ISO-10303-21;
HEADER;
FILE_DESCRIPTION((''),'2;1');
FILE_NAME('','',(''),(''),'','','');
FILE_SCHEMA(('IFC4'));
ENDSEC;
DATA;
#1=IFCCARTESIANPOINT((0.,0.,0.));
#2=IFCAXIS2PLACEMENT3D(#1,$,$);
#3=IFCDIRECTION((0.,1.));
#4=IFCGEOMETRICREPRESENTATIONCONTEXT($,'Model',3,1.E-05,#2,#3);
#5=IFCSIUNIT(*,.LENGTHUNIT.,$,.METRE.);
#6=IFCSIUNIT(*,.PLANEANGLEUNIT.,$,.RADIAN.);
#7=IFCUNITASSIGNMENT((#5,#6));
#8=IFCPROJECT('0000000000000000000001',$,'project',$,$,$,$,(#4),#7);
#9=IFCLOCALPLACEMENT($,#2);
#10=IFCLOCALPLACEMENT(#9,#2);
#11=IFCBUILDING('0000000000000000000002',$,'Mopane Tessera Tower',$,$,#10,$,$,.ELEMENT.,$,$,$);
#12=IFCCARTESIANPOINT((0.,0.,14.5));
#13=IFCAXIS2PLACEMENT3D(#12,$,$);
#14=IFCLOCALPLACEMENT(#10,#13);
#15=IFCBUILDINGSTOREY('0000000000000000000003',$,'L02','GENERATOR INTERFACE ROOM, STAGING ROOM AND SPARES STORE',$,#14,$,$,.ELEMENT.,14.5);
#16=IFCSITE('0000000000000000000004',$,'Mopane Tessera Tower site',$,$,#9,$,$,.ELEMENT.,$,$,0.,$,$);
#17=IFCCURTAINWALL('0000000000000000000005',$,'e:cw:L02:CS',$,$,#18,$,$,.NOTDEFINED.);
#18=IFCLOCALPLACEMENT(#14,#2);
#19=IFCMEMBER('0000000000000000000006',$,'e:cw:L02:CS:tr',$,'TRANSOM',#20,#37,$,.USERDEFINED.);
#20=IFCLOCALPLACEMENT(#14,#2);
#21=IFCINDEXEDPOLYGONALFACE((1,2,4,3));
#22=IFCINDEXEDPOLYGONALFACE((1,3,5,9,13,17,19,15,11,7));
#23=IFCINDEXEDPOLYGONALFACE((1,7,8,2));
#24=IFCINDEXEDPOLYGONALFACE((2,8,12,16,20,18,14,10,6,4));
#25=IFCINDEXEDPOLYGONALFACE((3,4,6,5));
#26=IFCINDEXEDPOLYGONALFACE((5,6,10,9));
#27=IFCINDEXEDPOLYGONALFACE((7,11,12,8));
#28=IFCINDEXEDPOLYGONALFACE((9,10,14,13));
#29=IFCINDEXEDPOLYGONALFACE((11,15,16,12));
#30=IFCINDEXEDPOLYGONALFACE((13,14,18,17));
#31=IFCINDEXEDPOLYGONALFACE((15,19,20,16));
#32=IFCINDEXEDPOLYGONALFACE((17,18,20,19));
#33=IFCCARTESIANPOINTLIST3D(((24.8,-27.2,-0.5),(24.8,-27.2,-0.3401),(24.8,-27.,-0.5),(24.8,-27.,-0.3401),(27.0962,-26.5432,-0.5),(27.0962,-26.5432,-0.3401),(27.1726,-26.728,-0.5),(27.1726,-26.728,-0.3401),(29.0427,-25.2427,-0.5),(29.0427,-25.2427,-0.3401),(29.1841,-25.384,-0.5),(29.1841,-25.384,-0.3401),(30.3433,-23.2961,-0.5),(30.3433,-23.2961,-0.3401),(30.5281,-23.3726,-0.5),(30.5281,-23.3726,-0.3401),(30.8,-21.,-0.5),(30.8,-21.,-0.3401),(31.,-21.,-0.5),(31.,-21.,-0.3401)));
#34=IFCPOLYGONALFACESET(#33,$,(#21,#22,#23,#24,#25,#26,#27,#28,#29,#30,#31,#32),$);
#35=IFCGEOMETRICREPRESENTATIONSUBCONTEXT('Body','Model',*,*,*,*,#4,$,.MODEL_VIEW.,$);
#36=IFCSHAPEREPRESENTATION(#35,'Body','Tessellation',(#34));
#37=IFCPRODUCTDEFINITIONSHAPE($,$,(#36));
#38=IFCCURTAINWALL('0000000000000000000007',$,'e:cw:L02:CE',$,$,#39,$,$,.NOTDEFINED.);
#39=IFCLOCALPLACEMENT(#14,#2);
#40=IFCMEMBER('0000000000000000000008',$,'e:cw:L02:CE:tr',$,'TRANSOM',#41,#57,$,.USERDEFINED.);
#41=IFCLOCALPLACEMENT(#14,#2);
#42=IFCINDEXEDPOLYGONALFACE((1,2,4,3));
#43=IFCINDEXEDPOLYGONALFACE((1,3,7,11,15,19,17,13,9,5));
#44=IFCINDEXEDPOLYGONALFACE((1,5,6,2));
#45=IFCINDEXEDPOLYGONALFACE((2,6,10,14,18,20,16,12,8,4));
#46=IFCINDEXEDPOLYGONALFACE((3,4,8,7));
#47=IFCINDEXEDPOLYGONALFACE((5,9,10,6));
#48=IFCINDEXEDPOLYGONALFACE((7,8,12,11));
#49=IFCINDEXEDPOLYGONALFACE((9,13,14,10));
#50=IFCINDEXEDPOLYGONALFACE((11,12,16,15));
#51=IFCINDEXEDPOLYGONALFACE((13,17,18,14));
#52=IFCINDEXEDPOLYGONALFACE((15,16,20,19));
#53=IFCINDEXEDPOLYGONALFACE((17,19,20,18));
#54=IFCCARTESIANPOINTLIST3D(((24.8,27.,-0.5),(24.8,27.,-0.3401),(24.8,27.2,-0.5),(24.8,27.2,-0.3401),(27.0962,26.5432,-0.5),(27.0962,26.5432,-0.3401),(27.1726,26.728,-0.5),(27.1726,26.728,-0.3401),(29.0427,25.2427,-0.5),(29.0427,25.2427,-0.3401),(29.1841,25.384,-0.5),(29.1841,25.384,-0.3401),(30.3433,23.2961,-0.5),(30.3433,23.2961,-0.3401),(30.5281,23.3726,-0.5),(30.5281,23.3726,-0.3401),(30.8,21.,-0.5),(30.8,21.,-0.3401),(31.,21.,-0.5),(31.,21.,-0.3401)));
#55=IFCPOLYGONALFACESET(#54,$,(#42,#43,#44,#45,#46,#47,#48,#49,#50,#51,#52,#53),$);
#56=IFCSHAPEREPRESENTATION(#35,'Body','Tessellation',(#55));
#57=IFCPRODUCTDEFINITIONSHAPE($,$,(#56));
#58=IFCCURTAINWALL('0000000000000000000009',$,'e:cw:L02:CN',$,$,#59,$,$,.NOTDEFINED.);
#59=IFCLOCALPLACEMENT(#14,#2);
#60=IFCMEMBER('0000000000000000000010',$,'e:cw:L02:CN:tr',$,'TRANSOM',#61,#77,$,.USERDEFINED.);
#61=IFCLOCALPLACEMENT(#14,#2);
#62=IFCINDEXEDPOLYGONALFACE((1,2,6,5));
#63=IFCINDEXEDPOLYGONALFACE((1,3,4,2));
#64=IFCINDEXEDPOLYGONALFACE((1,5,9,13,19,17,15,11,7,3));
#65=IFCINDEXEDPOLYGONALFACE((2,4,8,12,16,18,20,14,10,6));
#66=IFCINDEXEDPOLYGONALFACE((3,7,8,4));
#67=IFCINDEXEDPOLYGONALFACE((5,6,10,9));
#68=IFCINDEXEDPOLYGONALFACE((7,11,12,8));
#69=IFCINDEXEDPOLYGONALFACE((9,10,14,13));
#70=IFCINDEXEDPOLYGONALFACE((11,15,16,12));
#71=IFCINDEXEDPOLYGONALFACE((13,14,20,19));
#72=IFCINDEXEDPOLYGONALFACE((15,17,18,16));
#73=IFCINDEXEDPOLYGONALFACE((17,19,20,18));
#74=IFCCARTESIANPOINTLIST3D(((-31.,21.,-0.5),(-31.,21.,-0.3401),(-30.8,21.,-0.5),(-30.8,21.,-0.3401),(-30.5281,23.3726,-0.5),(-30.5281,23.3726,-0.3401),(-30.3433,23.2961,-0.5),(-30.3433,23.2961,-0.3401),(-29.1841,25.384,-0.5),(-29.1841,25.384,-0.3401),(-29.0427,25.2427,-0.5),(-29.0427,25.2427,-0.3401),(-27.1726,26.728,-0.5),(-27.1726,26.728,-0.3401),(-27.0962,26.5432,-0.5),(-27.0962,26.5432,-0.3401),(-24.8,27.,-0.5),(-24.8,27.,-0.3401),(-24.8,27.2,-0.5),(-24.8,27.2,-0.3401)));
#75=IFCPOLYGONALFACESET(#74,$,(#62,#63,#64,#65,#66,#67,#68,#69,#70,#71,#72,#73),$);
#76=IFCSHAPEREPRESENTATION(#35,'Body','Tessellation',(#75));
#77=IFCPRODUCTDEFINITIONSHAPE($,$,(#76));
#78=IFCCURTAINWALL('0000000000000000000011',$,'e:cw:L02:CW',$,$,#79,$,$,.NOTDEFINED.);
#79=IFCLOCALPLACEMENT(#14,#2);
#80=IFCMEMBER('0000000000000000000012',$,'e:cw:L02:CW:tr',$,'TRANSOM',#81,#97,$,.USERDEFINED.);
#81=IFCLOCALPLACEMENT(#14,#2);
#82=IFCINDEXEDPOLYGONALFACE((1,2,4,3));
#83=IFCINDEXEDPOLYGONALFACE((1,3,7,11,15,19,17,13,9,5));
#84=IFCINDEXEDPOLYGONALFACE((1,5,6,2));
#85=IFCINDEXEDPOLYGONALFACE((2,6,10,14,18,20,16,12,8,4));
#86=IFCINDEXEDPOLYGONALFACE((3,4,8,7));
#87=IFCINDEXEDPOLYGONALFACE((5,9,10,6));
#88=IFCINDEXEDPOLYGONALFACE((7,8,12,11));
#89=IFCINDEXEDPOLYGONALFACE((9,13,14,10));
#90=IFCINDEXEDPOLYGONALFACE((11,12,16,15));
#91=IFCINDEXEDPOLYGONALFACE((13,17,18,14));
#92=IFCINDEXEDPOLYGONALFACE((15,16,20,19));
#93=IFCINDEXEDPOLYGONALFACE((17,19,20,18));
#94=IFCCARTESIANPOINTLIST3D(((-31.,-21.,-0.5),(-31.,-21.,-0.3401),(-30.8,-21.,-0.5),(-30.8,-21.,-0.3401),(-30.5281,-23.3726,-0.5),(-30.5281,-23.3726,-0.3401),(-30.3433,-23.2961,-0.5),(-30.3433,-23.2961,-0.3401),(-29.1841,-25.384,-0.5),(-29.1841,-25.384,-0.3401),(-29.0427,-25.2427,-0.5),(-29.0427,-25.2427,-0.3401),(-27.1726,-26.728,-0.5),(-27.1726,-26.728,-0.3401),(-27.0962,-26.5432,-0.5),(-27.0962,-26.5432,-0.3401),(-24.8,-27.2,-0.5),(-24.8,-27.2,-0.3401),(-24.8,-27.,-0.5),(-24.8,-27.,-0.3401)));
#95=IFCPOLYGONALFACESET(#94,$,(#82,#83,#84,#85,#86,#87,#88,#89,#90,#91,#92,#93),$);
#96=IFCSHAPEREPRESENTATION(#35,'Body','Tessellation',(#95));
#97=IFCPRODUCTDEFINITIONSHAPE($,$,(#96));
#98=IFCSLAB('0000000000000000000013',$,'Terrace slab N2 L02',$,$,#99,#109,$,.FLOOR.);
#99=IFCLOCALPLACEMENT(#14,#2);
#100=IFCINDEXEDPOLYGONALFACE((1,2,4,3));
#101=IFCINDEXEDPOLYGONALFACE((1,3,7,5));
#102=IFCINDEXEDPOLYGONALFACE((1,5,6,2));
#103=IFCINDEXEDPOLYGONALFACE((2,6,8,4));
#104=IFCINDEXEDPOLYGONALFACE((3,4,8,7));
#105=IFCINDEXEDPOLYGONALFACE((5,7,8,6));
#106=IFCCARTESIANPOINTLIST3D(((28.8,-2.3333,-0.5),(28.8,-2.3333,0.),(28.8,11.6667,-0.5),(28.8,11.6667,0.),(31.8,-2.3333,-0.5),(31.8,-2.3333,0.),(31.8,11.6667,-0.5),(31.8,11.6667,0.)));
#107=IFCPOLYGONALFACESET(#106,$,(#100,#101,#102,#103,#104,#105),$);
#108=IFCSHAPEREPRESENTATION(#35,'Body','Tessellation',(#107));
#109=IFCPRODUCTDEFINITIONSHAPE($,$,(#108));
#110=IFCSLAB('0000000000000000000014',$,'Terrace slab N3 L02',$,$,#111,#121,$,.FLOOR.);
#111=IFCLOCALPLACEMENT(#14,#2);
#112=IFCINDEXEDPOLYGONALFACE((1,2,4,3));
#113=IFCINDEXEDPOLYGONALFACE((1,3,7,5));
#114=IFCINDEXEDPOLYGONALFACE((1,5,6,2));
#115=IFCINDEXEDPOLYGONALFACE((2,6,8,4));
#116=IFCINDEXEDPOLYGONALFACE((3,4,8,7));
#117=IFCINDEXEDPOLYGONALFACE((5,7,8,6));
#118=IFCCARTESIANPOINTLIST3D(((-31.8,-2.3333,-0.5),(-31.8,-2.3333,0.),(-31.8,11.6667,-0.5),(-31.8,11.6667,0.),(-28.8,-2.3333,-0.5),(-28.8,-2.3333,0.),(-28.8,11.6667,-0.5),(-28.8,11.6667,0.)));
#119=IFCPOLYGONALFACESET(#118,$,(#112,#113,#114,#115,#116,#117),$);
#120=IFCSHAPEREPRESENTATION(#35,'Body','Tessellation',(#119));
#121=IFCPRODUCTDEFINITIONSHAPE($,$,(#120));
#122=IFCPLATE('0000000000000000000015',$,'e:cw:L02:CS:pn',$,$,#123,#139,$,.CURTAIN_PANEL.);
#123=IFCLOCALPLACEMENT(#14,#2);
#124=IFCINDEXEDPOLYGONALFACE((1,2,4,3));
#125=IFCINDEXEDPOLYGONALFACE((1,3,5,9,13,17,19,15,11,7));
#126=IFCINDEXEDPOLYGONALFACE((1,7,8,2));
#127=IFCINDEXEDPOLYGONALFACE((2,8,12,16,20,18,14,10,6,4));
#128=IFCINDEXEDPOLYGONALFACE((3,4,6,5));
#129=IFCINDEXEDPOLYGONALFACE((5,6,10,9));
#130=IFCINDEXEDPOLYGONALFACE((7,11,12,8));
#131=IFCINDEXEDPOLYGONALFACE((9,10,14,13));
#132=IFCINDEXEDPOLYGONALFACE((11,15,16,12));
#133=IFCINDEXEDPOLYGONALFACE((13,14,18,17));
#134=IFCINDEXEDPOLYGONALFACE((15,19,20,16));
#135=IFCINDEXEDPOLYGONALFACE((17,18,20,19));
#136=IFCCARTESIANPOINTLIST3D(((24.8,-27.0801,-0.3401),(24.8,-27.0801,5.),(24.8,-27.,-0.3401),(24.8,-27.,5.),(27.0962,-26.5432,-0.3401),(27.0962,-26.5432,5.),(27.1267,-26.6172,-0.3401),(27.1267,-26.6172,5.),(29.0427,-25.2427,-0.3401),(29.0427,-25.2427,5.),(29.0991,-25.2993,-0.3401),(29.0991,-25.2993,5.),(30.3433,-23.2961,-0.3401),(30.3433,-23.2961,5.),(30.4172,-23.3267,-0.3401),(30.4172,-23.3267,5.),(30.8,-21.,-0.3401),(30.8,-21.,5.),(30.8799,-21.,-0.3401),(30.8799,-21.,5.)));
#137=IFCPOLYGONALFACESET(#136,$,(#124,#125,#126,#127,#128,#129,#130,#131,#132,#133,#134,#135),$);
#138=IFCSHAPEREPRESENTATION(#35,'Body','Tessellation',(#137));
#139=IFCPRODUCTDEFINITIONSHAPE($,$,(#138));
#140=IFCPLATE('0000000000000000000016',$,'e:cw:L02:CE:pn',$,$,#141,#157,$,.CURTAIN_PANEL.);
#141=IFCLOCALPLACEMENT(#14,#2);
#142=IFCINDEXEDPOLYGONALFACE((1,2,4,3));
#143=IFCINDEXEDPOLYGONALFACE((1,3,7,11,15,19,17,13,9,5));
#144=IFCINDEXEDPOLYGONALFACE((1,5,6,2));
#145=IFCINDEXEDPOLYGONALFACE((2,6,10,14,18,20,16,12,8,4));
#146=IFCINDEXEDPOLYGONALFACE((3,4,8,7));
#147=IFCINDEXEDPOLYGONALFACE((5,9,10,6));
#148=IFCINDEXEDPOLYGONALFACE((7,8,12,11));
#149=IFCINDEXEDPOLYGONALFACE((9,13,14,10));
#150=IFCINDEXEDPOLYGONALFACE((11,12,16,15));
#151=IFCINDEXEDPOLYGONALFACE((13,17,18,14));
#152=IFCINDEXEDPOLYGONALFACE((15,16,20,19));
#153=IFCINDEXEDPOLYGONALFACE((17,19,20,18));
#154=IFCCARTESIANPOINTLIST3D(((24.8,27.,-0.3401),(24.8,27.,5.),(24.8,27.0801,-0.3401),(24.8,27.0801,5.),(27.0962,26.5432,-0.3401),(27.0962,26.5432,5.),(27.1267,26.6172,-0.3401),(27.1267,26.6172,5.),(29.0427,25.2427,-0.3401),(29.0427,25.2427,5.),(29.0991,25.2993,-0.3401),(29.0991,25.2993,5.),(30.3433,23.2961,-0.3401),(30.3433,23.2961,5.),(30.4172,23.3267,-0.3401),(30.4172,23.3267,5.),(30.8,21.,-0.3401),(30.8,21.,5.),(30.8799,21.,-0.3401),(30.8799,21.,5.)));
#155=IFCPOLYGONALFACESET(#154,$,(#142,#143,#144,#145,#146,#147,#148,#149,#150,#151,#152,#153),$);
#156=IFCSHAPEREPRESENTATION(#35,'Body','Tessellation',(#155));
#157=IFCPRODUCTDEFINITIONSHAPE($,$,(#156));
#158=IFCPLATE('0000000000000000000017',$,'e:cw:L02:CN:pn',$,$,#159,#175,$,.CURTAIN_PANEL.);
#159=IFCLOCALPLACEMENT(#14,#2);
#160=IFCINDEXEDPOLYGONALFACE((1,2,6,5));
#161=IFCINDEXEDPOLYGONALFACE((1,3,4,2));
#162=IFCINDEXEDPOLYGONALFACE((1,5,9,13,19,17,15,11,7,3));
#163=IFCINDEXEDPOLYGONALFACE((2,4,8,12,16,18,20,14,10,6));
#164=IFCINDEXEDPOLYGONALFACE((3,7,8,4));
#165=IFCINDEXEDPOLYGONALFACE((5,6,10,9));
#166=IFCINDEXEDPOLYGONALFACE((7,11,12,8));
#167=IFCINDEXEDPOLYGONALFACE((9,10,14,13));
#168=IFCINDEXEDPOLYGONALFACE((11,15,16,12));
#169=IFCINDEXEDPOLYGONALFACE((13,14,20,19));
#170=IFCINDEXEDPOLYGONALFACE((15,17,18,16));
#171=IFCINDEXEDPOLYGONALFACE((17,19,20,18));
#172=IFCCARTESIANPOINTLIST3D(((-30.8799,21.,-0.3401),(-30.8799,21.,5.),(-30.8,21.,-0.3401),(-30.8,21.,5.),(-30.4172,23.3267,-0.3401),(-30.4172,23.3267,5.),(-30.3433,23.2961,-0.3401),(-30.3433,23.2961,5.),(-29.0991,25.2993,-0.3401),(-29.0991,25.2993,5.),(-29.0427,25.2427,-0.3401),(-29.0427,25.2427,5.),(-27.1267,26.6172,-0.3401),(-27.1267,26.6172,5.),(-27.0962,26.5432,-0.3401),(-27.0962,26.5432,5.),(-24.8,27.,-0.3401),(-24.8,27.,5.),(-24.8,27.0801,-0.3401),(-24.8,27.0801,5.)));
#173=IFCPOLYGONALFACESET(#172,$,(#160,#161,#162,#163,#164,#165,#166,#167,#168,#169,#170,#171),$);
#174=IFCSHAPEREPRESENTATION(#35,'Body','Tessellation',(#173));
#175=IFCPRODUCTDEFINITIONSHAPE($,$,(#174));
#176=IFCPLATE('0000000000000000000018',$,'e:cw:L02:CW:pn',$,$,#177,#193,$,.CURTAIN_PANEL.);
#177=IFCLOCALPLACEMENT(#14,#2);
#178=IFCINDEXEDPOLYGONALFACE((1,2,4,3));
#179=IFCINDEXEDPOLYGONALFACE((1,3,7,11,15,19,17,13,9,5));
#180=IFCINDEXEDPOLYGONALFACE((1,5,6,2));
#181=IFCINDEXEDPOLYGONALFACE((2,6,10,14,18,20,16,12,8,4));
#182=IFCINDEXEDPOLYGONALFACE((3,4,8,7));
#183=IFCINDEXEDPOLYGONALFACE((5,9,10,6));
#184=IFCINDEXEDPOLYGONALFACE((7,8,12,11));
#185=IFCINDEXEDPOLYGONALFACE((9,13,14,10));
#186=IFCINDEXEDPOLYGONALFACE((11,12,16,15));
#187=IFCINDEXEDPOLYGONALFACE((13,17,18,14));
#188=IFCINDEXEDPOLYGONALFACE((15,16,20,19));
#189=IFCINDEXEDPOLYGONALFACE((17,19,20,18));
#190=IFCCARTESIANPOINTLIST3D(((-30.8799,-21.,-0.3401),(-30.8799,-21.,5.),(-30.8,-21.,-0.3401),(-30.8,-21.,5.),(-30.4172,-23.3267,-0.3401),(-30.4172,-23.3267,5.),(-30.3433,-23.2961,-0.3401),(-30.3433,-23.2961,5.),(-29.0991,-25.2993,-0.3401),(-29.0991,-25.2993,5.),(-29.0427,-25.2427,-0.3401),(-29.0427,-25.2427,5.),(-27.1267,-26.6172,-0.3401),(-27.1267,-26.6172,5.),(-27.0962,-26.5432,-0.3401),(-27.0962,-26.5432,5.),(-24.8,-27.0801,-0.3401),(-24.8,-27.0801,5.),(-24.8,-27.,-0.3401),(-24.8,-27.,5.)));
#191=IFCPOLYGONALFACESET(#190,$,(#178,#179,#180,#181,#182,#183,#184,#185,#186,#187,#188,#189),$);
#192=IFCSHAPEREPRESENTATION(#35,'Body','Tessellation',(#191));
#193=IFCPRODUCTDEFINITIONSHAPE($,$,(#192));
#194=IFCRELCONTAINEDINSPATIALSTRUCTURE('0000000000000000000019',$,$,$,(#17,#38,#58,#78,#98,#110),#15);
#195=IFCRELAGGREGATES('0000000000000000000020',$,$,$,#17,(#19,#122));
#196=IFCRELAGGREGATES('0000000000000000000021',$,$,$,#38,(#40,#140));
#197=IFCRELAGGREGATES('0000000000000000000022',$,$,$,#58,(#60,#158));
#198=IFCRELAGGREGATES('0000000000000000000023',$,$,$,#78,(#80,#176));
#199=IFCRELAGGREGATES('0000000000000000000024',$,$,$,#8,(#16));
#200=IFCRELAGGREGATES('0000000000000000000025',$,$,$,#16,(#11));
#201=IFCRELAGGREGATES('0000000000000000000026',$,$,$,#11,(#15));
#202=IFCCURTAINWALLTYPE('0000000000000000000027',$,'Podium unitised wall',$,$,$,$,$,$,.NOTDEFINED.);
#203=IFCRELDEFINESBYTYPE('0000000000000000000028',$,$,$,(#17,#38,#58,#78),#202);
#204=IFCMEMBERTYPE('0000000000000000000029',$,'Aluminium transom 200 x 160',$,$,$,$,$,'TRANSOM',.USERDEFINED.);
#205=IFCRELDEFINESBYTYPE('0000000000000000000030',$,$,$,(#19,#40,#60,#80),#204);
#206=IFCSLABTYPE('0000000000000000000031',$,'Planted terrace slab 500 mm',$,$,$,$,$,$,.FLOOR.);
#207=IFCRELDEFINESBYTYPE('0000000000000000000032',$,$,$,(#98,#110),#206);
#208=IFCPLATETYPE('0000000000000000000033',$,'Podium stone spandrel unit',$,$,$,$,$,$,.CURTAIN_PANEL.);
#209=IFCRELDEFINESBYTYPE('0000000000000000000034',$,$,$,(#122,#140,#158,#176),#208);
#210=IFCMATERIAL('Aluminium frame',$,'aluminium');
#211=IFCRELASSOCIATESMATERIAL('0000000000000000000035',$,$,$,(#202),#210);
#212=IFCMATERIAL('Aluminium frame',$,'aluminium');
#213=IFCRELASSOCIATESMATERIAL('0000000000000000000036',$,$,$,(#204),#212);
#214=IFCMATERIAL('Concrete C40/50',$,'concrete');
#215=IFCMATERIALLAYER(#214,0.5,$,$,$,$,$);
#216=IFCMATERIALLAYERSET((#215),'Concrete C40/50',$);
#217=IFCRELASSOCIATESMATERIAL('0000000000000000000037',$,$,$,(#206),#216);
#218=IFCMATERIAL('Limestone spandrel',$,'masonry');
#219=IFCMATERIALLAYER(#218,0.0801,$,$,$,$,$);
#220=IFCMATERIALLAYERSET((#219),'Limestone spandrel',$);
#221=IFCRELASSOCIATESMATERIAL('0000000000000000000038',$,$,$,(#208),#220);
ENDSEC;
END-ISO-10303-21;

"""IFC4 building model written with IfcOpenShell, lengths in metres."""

from ifc_helpers import new_model, si_unit, direction, frame, origin, origin_2d, place, context, subcontext, project, spatial, polyline, rectangle, outline, extrude, material, layer, layer_set, material_profile, profile_set, type_object, element, aggregate, save


model = new_model("IFC4")

# Units and contexts
model_context = context("Model", 3, precision=1e-05, world=origin(), true_north=direction((0.0, 1.0)))
body_context = subcontext(model_context, "Body", "Model", "MODEL_VIEW")
ifc_project = project(units=[si_unit("LENGTHUNIT", "METRE"), si_unit("PLANEANGLEUNIT", "RADIAN")], contexts=[model_context])

# Site, building, storey
site_placement = place(None, origin())
site = spatial("IfcSite", under=ifc_project, at=site_placement, Name="Mopane Tessera Tower site", CompositionType="ELEMENT", RefElevation=0.0)
building_placement = place(site_placement, origin())
building = spatial("IfcBuilding", under=site, at=building_placement, Name="Mopane Tessera Tower", CompositionType="ELEMENT")
storey_placement = place(building_placement, frame((0.0, 0.0, 14.5)))
storey = spatial("IfcBuildingStorey", under=building, at=storey_placement, Name="L02", Description="GENERATOR INTERFACE ROOM, STAGING ROOM AND SPARES STORE", CompositionType="ELEMENT", Elevation=14.5)

# Curtain walls, members
ifc_material_1 = material(Name="Aluminium frame", Category="aluminium")
curtain_wall_type = type_object("IfcCurtainWallType", Name="Podium unitised wall", PredefinedType="NOTDEFINED", material=ifc_material_1)
curtain_wall_1_placement = place(storey_placement, origin())
curtain_wall_1 = element("IfcCurtainWall", 1, at=curtain_wall_1_placement, inside=storey, type_object=curtain_wall_type, Name="e:cw:L02:CS", PredefinedType="NOTDEFINED")
ifc_material_2 = material(Name="Aluminium frame", Category="aluminium")
ifc_material_profile = material_profile(ifc_material_2, rectangle(XDim=0.2, YDim=0.1599, at=origin_2d()))
ifc_profile_set = profile_set([ifc_material_profile], Name="Aluminium frame")
member_type = type_object("IfcMemberType", Name="Aluminium transom 200 x 160", ElementType="TRANSOM", PredefinedType="USERDEFINED", material=ifc_profile_set)
member_1_placement = place(storey_placement, frame((0.0, 0.0, -0.5)))
member_1 = element("IfcMember", 2, at=member_1_placement, type_object=member_type, Name="e:cw:L02:CS:tr", ObjectType="TRANSOM", PredefinedType="USERDEFINED", context=body_context, shape_type="SweptSolid", body=[
    extrude(outline(polyline([(24.8, -27.0), (27.0962, -26.5432), (29.0427, -25.2427), (30.3433, -23.2961), (30.8, -21.0), (31.0, -21.0), (30.5281, -23.3726), (29.1841, -25.384), (27.1726, -26.728), (24.8, -27.2), (24.8, -27.0)])), origin(), (0.0, 0.0, 1.0), 0.1599),
])
curtain_wall_2_placement = place(storey_placement, origin())
curtain_wall_2 = element("IfcCurtainWall", 3, at=curtain_wall_2_placement, inside=storey, type_object=curtain_wall_type, Name="e:cw:L02:CE", PredefinedType="NOTDEFINED")
member_2_placement = place(storey_placement, frame((0.0, 0.0, -0.5)))
member_2 = element("IfcMember", 4, at=member_2_placement, type_object=member_type, Name="e:cw:L02:CE:tr", ObjectType="TRANSOM", PredefinedType="USERDEFINED", context=body_context, shape_type="SweptSolid", body=[
    extrude(outline(polyline([(30.8, 21.0), (30.3433, 23.2961), (29.0427, 25.2427), (27.0962, 26.5432), (24.8, 27.0), (24.8, 27.2), (27.1726, 26.728), (29.1841, 25.384), (30.5281, 23.3726), (31.0, 21.0), (30.8, 21.0)])), origin(), (0.0, 0.0, 1.0), 0.1599),
])
curtain_wall_3_placement = place(storey_placement, origin())
curtain_wall_3 = element("IfcCurtainWall", 5, at=curtain_wall_3_placement, inside=storey, type_object=curtain_wall_type, Name="e:cw:L02:CN", PredefinedType="NOTDEFINED")
member_3_placement = place(storey_placement, frame((0.0, 0.0, -0.5)))
member_3 = element("IfcMember", 6, at=member_3_placement, type_object=member_type, Name="e:cw:L02:CN:tr", ObjectType="TRANSOM", PredefinedType="USERDEFINED", context=body_context, shape_type="SweptSolid", body=[
    extrude(outline(polyline([(-24.8, 27.0), (-27.0962, 26.5432), (-29.0427, 25.2427), (-30.3433, 23.2961), (-30.8, 21.0), (-31.0, 21.0), (-30.5281, 23.3726), (-29.1841, 25.384), (-27.1726, 26.728), (-24.8, 27.2), (-24.8, 27.0)])), origin(), (0.0, 0.0, 1.0), 0.1599),
])
curtain_wall_4_placement = place(storey_placement, origin())
curtain_wall_4 = element("IfcCurtainWall", 7, at=curtain_wall_4_placement, inside=storey, type_object=curtain_wall_type, Name="e:cw:L02:CW", PredefinedType="NOTDEFINED")
member_4_placement = place(storey_placement, frame((0.0, 0.0, -0.5)))
member_4 = element("IfcMember", 8, at=member_4_placement, type_object=member_type, Name="e:cw:L02:CW:tr", ObjectType="TRANSOM", PredefinedType="USERDEFINED", context=body_context, shape_type="SweptSolid", body=[
    extrude(outline(polyline([(-30.8, -21.0), (-30.3433, -23.2961), (-29.0427, -25.2427), (-27.0962, -26.5432), (-24.8, -27.0), (-24.8, -27.2), (-27.1726, -26.728), (-29.1841, -25.384), (-30.5281, -23.3726), (-31.0, -21.0), (-30.8, -21.0)])), origin(), (0.0, 0.0, 1.0), 0.1599),
])

# Slabs
ifc_material_3 = material(Name="Concrete C40/50", Category="concrete")
ifc_layer_1 = layer(ifc_material_3, 0.5)
ifc_layer_set_1 = layer_set([ifc_layer_1], Name="Concrete C40/50")
slab_type = type_object("IfcSlabType", Name="Planted terrace slab 500 mm", PredefinedType="FLOOR", material=ifc_layer_set_1)
slab_1_placement = place(storey_placement, frame((0.0, 0.0, -0.5)))
element("IfcSlab", 9, at=slab_1_placement, inside=storey, type_object=slab_type, Name="Terrace slab N2 L02", PredefinedType="FLOOR", context=body_context, shape_type="SweptSolid", body=[
    extrude(outline(polyline([(31.8, 11.6667), (28.8, 11.6667), (28.8, -2.3333), (31.8, -2.3333), (31.8, 11.6667)])), origin(), (0.0, 0.0, 1.0), 0.5),
])
slab_2_placement = place(storey_placement, frame((0.0, 0.0, -0.5)))
element("IfcSlab", 10, at=slab_2_placement, inside=storey, type_object=slab_type, Name="Terrace slab N3 L02", PredefinedType="FLOOR", context=body_context, shape_type="SweptSolid", body=[
    extrude(outline(polyline([(-31.8, -2.3333), (-28.8, -2.3333), (-28.8, 11.6667), (-31.8, 11.6667), (-31.8, -2.3333)])), origin(), (0.0, 0.0, 1.0), 0.5),
])

# Plates
ifc_material_4 = material(Name="Limestone spandrel", Category="masonry")
ifc_layer_2 = layer(ifc_material_4, 0.0801)
ifc_layer_set_2 = layer_set([ifc_layer_2], Name="Limestone spandrel")
plate_type = type_object("IfcPlateType", Name="Podium stone spandrel unit", PredefinedType="CURTAIN_PANEL", material=ifc_layer_set_2)
plate_1_placement = place(storey_placement, frame((0.0, 0.0, -0.3401)))
plate_1 = element("IfcPlate", 11, at=plate_1_placement, type_object=plate_type, Name="e:cw:L02:CS:pn", PredefinedType="CURTAIN_PANEL", context=body_context, shape_type="SweptSolid", body=[
    extrude(outline(polyline([(24.8, -27.0), (27.0962, -26.5432), (29.0427, -25.2427), (30.3433, -23.2961), (30.8, -21.0), (30.8799, -21.0), (30.4172, -23.3267), (29.0991, -25.2993), (27.1267, -26.6172), (24.8, -27.0801), (24.8, -27.0)])), origin(), (0.0, 0.0, 1.0), 5.3401),
])
aggregate(curtain_wall_1, [member_1, plate_1])
plate_2_placement = place(storey_placement, frame((0.0, 0.0, -0.3401)))
plate_2 = element("IfcPlate", 12, at=plate_2_placement, type_object=plate_type, Name="e:cw:L02:CE:pn", PredefinedType="CURTAIN_PANEL", context=body_context, shape_type="SweptSolid", body=[
    extrude(outline(polyline([(30.8, 21.0), (30.3433, 23.2961), (29.0427, 25.2427), (27.0962, 26.5432), (24.8, 27.0), (24.8, 27.0801), (27.1267, 26.6172), (29.0991, 25.2993), (30.4172, 23.3267), (30.8799, 21.0), (30.8, 21.0)])), origin(), (0.0, 0.0, 1.0), 5.3401),
])
aggregate(curtain_wall_2, [member_2, plate_2])
plate_3_placement = place(storey_placement, frame((0.0, 0.0, -0.3401)))
plate_3 = element("IfcPlate", 13, at=plate_3_placement, type_object=plate_type, Name="e:cw:L02:CN:pn", PredefinedType="CURTAIN_PANEL", context=body_context, shape_type="SweptSolid", body=[
    extrude(outline(polyline([(-24.8, 27.0), (-27.0962, 26.5432), (-29.0427, 25.2427), (-30.3433, 23.2961), (-30.8, 21.0), (-30.8799, 21.0), (-30.4172, 23.3267), (-29.0991, 25.2993), (-27.1267, 26.6172), (-24.8, 27.0801), (-24.8, 27.0)])), origin(), (0.0, 0.0, 1.0), 5.3401),
])
aggregate(curtain_wall_3, [member_3, plate_3])
plate_4_placement = place(storey_placement, frame((0.0, 0.0, -0.3401)))
plate_4 = element("IfcPlate", 14, at=plate_4_placement, type_object=plate_type, Name="e:cw:L02:CW:pn", PredefinedType="CURTAIN_PANEL", context=body_context, shape_type="SweptSolid", body=[
    extrude(outline(polyline([(-30.8, -21.0), (-30.3433, -23.2961), (-29.0427, -25.2427), (-27.0962, -26.5432), (-24.8, -27.0), (-24.8, -27.0801), (-27.1267, -26.6172), (-29.0991, -25.2993), (-30.4172, -23.3267), (-30.8799, -21.0), (-30.8, -21.0)])), origin(), (0.0, 0.0, 1.0), 5.3401),
])
aggregate(curtain_wall_4, [member_4, plate_4])

save(model, "model.ifc")
